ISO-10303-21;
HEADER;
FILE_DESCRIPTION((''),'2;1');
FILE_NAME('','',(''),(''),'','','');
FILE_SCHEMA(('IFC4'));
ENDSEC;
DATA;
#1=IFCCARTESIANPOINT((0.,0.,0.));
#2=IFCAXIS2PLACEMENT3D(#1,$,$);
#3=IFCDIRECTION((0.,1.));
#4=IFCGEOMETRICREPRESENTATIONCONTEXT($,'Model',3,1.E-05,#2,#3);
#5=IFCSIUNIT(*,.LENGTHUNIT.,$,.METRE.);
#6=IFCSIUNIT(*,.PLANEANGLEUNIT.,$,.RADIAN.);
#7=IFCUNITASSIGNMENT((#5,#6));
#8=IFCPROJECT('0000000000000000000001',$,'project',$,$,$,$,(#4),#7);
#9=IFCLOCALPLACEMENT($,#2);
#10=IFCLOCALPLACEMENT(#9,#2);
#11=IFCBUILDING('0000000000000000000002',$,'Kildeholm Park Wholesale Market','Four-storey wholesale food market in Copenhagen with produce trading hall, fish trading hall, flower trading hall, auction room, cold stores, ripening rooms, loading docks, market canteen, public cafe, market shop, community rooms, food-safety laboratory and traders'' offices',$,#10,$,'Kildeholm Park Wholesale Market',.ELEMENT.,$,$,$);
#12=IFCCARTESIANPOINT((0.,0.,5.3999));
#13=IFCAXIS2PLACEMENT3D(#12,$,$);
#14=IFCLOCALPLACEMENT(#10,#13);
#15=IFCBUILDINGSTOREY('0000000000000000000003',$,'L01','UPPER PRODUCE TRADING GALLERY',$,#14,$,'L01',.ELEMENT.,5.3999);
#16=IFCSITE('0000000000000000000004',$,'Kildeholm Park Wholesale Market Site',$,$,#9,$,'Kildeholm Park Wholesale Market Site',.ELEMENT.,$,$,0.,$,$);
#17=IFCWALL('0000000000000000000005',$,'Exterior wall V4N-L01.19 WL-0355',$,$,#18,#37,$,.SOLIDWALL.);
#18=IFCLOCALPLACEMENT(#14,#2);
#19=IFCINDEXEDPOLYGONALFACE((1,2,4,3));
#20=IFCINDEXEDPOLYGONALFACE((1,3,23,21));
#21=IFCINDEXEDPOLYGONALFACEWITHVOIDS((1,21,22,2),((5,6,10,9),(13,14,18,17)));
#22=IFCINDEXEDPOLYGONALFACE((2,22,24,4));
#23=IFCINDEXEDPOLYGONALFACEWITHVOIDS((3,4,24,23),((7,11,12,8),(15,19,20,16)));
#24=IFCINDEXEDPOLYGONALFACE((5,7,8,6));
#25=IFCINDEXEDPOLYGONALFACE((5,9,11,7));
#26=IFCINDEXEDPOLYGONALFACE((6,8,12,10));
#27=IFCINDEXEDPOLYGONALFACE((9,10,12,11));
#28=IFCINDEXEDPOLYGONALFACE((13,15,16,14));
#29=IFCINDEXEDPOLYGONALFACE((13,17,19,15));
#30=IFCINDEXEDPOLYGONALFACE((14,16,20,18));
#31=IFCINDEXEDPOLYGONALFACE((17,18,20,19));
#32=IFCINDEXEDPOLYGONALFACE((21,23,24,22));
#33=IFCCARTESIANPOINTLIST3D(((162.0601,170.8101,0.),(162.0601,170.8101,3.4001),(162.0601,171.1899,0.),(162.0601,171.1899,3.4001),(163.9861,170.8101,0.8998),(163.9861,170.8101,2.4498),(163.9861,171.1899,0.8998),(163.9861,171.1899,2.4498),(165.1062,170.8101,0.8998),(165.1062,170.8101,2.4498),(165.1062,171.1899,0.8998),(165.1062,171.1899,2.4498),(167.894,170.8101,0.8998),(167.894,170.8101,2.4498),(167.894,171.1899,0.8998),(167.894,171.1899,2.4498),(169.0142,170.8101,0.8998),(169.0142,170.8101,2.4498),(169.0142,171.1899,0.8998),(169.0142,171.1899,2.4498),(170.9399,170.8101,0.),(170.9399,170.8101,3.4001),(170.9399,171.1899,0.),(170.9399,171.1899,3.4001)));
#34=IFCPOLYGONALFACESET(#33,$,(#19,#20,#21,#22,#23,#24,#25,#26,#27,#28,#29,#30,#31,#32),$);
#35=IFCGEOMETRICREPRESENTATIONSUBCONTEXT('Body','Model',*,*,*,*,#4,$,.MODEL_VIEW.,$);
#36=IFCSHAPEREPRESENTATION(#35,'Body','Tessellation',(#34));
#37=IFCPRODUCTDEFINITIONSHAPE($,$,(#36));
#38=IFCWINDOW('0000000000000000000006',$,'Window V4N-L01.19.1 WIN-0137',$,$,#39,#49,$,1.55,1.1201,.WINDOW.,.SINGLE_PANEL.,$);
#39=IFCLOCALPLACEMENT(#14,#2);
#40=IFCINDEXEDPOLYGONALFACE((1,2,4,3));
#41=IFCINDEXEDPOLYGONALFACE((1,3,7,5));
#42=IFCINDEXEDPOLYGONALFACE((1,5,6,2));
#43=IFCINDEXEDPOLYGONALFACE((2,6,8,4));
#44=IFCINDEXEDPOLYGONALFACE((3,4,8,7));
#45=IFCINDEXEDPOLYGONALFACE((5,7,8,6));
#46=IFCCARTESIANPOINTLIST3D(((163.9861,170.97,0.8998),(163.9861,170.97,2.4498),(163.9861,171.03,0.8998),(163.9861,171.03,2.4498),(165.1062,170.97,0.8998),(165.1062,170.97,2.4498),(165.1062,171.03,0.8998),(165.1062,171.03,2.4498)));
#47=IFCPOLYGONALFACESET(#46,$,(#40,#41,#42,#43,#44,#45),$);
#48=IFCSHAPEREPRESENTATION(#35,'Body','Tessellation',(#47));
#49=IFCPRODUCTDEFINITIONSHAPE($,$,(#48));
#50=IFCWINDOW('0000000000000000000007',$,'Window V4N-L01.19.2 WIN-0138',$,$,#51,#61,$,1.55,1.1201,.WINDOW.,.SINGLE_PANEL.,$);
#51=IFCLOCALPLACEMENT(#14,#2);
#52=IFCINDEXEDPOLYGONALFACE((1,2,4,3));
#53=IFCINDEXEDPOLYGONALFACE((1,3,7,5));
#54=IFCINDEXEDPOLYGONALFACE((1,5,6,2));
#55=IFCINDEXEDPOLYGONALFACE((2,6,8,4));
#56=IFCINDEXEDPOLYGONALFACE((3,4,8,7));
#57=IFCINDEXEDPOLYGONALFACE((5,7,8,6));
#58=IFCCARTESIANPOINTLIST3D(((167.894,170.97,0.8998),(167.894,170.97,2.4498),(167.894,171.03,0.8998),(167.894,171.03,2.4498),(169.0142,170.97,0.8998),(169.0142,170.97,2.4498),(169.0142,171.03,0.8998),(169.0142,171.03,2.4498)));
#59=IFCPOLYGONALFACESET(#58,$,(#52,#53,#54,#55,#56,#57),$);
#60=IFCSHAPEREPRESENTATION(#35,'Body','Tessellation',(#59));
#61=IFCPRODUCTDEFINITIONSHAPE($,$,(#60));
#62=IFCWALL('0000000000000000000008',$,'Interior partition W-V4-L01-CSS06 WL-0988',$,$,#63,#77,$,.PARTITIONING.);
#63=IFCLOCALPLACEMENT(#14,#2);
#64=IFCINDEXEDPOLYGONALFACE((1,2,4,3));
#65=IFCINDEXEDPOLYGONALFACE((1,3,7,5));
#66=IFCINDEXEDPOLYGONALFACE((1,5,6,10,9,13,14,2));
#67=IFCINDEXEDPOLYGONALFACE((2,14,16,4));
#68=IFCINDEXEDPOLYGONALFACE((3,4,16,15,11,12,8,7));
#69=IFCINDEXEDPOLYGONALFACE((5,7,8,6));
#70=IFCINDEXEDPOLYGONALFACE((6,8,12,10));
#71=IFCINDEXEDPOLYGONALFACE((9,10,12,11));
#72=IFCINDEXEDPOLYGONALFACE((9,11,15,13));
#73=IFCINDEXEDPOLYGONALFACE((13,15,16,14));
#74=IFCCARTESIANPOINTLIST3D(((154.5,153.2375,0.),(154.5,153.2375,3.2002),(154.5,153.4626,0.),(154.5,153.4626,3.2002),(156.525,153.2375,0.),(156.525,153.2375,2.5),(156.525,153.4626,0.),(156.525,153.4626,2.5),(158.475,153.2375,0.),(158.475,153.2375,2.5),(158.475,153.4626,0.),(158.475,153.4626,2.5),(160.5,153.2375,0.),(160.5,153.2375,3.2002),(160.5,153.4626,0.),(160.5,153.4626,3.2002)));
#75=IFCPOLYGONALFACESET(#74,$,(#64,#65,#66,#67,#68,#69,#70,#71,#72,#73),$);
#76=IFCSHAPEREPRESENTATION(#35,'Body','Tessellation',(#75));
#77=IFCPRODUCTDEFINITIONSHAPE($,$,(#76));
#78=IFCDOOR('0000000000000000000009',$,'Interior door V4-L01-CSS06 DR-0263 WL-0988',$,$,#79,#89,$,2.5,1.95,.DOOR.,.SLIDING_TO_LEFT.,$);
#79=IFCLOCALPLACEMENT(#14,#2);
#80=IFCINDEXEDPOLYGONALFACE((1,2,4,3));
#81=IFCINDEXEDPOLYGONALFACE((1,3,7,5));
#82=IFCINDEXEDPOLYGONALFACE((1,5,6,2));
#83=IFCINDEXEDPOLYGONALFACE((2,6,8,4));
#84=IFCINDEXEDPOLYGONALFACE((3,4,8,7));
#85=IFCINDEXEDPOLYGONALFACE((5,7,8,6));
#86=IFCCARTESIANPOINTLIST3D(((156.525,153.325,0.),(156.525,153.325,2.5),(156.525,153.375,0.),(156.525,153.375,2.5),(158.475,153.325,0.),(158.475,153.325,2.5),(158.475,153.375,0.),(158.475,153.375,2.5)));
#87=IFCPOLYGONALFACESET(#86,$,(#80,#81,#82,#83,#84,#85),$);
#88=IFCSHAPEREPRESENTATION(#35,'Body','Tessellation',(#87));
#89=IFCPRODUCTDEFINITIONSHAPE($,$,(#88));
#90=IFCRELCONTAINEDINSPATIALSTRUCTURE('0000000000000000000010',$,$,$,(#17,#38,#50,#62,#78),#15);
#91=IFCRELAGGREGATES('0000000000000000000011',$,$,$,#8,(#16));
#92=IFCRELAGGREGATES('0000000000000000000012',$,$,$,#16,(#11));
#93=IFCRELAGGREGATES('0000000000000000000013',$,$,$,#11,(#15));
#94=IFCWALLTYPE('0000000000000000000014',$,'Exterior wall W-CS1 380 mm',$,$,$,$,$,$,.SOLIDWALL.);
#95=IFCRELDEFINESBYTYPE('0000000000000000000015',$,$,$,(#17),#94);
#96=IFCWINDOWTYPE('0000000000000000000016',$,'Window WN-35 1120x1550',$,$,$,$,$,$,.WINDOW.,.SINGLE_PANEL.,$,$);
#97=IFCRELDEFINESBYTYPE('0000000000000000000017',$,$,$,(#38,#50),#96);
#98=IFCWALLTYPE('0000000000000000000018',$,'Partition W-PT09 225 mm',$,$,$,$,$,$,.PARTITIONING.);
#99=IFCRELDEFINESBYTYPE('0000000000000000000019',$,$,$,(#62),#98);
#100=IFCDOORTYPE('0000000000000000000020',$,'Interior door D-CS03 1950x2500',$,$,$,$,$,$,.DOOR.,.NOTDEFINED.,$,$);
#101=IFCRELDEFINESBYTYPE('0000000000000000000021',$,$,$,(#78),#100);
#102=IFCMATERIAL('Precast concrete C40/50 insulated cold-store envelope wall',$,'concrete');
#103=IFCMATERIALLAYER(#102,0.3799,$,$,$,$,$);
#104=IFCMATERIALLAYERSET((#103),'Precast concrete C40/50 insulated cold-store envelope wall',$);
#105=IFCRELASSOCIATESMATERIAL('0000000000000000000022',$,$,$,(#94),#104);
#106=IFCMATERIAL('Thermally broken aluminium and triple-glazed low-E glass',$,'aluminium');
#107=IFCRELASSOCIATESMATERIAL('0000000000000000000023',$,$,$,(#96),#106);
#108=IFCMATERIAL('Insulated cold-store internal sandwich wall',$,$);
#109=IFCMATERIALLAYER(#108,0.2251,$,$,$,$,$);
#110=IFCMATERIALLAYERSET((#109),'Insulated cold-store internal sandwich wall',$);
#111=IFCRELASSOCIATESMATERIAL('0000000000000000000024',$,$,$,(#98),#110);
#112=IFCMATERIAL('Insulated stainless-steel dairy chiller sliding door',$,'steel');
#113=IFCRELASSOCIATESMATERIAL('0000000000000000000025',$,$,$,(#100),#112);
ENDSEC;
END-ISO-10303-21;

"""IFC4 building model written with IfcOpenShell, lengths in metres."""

from ifc_helpers import new_model, si_unit, direction, frame, frame_2d, origin, place, context, subcontext, project, spatial, rectangle, extrude, material, layer, layer_set, type_object, element, fill, save


model = new_model("IFC4")

# Units and contexts
model_context = context("Model", 3, precision=1e-05, world=origin(), true_north=direction((0.0, 1.0)))
body_context = subcontext(model_context, "Body", "Model", "MODEL_VIEW")
ifc_project = project(units=[si_unit("LENGTHUNIT", "METRE"), si_unit("PLANEANGLEUNIT", "RADIAN")], contexts=[model_context])

# Site, building, storey
site_placement = place(None, origin())
site = spatial("IfcSite", under=ifc_project, at=site_placement, Name="Kildeholm Park Wholesale Market Site", LongName="Kildeholm Park Wholesale Market Site", CompositionType="ELEMENT", RefElevation=0.0)
building_placement = place(site_placement, origin())
building = spatial("IfcBuilding", under=site, at=building_placement, Name="Kildeholm Park Wholesale Market", Description="Four-storey wholesale food market in Copenhagen with produce trading hall, fish trading hall, flower trading hall, auction room, cold stores, ripening rooms, loading docks, market canteen, public cafe, market shop, community rooms, food-safety laboratory and traders' offices", LongName="Kildeholm Park Wholesale Market", CompositionType="ELEMENT")
storey_placement = place(building_placement, frame((0.0, 0.0, 5.3999)))
storey = spatial("IfcBuildingStorey", under=building, at=storey_placement, Name="L01", Description="UPPER PRODUCE TRADING GALLERY", LongName="L01", CompositionType="ELEMENT", Elevation=5.3999)

# Wall, openings, windows
ifc_material_1 = material(Name="Precast concrete C40/50 insulated cold-store envelope wall", Category="concrete")
ifc_layer_1 = layer(ifc_material_1, 0.3799)
ifc_layer_set_1 = layer_set([ifc_layer_1], Name="Precast concrete C40/50 insulated cold-store envelope wall")
wall_type_1 = type_object("IfcWallType", Name="Exterior wall W-CS1 380 mm", PredefinedType="SOLIDWALL", material=ifc_layer_set_1)
ifc_material_2 = material(Name="Thermally broken aluminium and triple-glazed low-E glass", Category="aluminium")
wall_1_placement = place(storey_placement, frame((162.0601, 171.0, 0.0), z_axis=(0.0, 0.0, 1.0), x_axis=(1.0, 0.0, 0.0)))
wall_1 = element("IfcWall", 1, at=wall_1_placement, inside=storey, type_object=wall_type_1, Name="Exterior wall V4N-L01.19 WL-0355", PredefinedType="SOLIDWALL", context=body_context, shape_type="SweptSolid", body=[
    extrude(rectangle(XDim=8.8799, YDim=0.3799, at=frame_2d((4.4399, 0.0))), origin(), (0.0, 0.0, 1.0), 3.4001),
])
opening_1_placement = place(wall_1_placement, frame((1.926, 0.0, 0.8999)))
opening_1 = element("IfcOpeningElement", 2, at=opening_1_placement, cuts=wall_1, PredefinedType="OPENING", context=body_context, shape_type="SweptSolid", body=[
    extrude(rectangle(XDim=1.1201, YDim=1.55, at=frame_2d((0.5601, 0.7749))), frame((0.0, 0.2, 0.0), z_axis=(0.0, -1.0, 0.0), x_axis=(1.0, 0.0, 0.0)), (0.0, 0.0, 1.0), 0.3999),
])
opening_2_placement = place(wall_1_placement, frame((5.834, 0.0, 0.8999)))
opening_2 = element("IfcOpeningElement", 3, at=opening_2_placement, cuts=wall_1, PredefinedType="OPENING", context=body_context, shape_type="SweptSolid", body=[
    extrude(rectangle(XDim=1.1201, YDim=1.55, at=frame_2d((0.5601, 0.7749))), frame((0.0, 0.2, 0.0), z_axis=(0.0, -1.0, 0.0), x_axis=(1.0, 0.0, 0.0)), (0.0, 0.0, 1.0), 0.3999),
])
window_type_1 = type_object("IfcWindowType", Name="Window WN-35 1120x1550", PartitioningType="SINGLE_PANEL", PredefinedType="WINDOW", material=ifc_material_2)
window_1_placement = place(opening_1_placement, origin())
window_1 = element("IfcWindow", 4, at=window_1_placement, inside=storey, type_object=window_type_1, Name="Window V4N-L01.19.1 WIN-0137", OverallHeight=1.55, OverallWidth=1.1201, PartitioningType="SINGLE_PANEL", PredefinedType="WINDOW", context=body_context, shape_type="SweptSolid", body=[
    extrude(rectangle(XDim=1.1201, YDim=1.55, at=frame_2d((0.5601, 0.7749))), frame((0.0, 0.03, 0.0), z_axis=(0.0, -1.0, 0.0), x_axis=(1.0, 0.0, 0.0)), (0.0, 0.0, 1.0), 0.0601),
])
fill(opening_1, window_1)
window_2_placement = place(opening_2_placement, origin())
window_2 = element("IfcWindow", 5, at=window_2_placement, inside=storey, type_object=window_type_1, Name="Window V4N-L01.19.2 WIN-0138", OverallHeight=1.55, OverallWidth=1.1201, PartitioningType="SINGLE_PANEL", PredefinedType="WINDOW", context=body_context, shape_type="SweptSolid", body=[
    extrude(rectangle(XDim=1.1201, YDim=1.55, at=frame_2d((0.5601, 0.7749))), frame((0.0, 0.03, 0.0), z_axis=(0.0, -1.0, 0.0), x_axis=(1.0, 0.0, 0.0)), (0.0, 0.0, 1.0), 0.0601),
])
fill(opening_2, window_2)

# Wall, opening, door
ifc_material_3 = material(Name="Insulated cold-store internal sandwich wall")
ifc_layer_2 = layer(ifc_material_3, 0.2251)
ifc_layer_set_2 = layer_set([ifc_layer_2], Name="Insulated cold-store internal sandwich wall")
wall_type_2 = type_object("IfcWallType", Name="Partition W-PT09 225 mm", PredefinedType="PARTITIONING", material=ifc_layer_set_2)
wall_2_placement = place(storey_placement, frame((154.5, 153.3501, 0.0), z_axis=(0.0, 0.0, 1.0), x_axis=(1.0, 0.0, 0.0)))
wall_2 = element("IfcWall", 6, at=wall_2_placement, inside=storey, type_object=wall_type_2, Name="Interior partition W-V4-L01-CSS06 WL-0988", PredefinedType="PARTITIONING", context=body_context, shape_type="SweptSolid", body=[
    extrude(rectangle(XDim=6.0, YDim=0.2251, at=frame_2d((3.0, 0.0))), origin(), (0.0, 0.0, 1.0), 3.2002),
])
opening_3_placement = place(wall_2_placement, frame((2.0249, 0.0, 0.0)))
opening_3 = element("IfcOpeningElement", 7, at=opening_3_placement, cuts=wall_2, PredefinedType="OPENING", context=body_context, shape_type="SweptSolid", body=[
    extrude(rectangle(XDim=1.95, YDim=2.5, at=frame_2d((0.9751, 1.25))), frame((0.0, 0.1226, 0.0), z_axis=(0.0, -1.0, 0.0), x_axis=(1.0, 0.0, 0.0)), (0.0, 0.0, 1.0), 0.2451),
])
ifc_material_4 = material(Name="Insulated stainless-steel dairy chiller sliding door", Category="steel")
door_type = type_object("IfcDoorType", Name="Interior door D-CS03 1950x2500", OperationType="NOTDEFINED", PredefinedType="DOOR", material=ifc_material_4)
door_placement = place(opening_3_placement, origin())
door = element("IfcDoor", 8, at=door_placement, inside=storey, type_object=door_type, Name="Interior door V4-L01-CSS06 DR-0263 WL-0988", OperationType="SLIDING_TO_LEFT", OverallHeight=2.5, OverallWidth=1.95, PredefinedType="DOOR", context=body_context, shape_type="SweptSolid", body=[
    extrude(rectangle(XDim=1.95, YDim=2.5, at=frame_2d((0.9751, 1.25))), frame((0.0, 0.0249, 0.0), z_axis=(0.0, -1.0, 0.0), x_axis=(1.0, 0.0, 0.0)), (0.0, 0.0, 1.0), 0.05),
])
fill(opening_3, door)

save(model, "model.ifc")
